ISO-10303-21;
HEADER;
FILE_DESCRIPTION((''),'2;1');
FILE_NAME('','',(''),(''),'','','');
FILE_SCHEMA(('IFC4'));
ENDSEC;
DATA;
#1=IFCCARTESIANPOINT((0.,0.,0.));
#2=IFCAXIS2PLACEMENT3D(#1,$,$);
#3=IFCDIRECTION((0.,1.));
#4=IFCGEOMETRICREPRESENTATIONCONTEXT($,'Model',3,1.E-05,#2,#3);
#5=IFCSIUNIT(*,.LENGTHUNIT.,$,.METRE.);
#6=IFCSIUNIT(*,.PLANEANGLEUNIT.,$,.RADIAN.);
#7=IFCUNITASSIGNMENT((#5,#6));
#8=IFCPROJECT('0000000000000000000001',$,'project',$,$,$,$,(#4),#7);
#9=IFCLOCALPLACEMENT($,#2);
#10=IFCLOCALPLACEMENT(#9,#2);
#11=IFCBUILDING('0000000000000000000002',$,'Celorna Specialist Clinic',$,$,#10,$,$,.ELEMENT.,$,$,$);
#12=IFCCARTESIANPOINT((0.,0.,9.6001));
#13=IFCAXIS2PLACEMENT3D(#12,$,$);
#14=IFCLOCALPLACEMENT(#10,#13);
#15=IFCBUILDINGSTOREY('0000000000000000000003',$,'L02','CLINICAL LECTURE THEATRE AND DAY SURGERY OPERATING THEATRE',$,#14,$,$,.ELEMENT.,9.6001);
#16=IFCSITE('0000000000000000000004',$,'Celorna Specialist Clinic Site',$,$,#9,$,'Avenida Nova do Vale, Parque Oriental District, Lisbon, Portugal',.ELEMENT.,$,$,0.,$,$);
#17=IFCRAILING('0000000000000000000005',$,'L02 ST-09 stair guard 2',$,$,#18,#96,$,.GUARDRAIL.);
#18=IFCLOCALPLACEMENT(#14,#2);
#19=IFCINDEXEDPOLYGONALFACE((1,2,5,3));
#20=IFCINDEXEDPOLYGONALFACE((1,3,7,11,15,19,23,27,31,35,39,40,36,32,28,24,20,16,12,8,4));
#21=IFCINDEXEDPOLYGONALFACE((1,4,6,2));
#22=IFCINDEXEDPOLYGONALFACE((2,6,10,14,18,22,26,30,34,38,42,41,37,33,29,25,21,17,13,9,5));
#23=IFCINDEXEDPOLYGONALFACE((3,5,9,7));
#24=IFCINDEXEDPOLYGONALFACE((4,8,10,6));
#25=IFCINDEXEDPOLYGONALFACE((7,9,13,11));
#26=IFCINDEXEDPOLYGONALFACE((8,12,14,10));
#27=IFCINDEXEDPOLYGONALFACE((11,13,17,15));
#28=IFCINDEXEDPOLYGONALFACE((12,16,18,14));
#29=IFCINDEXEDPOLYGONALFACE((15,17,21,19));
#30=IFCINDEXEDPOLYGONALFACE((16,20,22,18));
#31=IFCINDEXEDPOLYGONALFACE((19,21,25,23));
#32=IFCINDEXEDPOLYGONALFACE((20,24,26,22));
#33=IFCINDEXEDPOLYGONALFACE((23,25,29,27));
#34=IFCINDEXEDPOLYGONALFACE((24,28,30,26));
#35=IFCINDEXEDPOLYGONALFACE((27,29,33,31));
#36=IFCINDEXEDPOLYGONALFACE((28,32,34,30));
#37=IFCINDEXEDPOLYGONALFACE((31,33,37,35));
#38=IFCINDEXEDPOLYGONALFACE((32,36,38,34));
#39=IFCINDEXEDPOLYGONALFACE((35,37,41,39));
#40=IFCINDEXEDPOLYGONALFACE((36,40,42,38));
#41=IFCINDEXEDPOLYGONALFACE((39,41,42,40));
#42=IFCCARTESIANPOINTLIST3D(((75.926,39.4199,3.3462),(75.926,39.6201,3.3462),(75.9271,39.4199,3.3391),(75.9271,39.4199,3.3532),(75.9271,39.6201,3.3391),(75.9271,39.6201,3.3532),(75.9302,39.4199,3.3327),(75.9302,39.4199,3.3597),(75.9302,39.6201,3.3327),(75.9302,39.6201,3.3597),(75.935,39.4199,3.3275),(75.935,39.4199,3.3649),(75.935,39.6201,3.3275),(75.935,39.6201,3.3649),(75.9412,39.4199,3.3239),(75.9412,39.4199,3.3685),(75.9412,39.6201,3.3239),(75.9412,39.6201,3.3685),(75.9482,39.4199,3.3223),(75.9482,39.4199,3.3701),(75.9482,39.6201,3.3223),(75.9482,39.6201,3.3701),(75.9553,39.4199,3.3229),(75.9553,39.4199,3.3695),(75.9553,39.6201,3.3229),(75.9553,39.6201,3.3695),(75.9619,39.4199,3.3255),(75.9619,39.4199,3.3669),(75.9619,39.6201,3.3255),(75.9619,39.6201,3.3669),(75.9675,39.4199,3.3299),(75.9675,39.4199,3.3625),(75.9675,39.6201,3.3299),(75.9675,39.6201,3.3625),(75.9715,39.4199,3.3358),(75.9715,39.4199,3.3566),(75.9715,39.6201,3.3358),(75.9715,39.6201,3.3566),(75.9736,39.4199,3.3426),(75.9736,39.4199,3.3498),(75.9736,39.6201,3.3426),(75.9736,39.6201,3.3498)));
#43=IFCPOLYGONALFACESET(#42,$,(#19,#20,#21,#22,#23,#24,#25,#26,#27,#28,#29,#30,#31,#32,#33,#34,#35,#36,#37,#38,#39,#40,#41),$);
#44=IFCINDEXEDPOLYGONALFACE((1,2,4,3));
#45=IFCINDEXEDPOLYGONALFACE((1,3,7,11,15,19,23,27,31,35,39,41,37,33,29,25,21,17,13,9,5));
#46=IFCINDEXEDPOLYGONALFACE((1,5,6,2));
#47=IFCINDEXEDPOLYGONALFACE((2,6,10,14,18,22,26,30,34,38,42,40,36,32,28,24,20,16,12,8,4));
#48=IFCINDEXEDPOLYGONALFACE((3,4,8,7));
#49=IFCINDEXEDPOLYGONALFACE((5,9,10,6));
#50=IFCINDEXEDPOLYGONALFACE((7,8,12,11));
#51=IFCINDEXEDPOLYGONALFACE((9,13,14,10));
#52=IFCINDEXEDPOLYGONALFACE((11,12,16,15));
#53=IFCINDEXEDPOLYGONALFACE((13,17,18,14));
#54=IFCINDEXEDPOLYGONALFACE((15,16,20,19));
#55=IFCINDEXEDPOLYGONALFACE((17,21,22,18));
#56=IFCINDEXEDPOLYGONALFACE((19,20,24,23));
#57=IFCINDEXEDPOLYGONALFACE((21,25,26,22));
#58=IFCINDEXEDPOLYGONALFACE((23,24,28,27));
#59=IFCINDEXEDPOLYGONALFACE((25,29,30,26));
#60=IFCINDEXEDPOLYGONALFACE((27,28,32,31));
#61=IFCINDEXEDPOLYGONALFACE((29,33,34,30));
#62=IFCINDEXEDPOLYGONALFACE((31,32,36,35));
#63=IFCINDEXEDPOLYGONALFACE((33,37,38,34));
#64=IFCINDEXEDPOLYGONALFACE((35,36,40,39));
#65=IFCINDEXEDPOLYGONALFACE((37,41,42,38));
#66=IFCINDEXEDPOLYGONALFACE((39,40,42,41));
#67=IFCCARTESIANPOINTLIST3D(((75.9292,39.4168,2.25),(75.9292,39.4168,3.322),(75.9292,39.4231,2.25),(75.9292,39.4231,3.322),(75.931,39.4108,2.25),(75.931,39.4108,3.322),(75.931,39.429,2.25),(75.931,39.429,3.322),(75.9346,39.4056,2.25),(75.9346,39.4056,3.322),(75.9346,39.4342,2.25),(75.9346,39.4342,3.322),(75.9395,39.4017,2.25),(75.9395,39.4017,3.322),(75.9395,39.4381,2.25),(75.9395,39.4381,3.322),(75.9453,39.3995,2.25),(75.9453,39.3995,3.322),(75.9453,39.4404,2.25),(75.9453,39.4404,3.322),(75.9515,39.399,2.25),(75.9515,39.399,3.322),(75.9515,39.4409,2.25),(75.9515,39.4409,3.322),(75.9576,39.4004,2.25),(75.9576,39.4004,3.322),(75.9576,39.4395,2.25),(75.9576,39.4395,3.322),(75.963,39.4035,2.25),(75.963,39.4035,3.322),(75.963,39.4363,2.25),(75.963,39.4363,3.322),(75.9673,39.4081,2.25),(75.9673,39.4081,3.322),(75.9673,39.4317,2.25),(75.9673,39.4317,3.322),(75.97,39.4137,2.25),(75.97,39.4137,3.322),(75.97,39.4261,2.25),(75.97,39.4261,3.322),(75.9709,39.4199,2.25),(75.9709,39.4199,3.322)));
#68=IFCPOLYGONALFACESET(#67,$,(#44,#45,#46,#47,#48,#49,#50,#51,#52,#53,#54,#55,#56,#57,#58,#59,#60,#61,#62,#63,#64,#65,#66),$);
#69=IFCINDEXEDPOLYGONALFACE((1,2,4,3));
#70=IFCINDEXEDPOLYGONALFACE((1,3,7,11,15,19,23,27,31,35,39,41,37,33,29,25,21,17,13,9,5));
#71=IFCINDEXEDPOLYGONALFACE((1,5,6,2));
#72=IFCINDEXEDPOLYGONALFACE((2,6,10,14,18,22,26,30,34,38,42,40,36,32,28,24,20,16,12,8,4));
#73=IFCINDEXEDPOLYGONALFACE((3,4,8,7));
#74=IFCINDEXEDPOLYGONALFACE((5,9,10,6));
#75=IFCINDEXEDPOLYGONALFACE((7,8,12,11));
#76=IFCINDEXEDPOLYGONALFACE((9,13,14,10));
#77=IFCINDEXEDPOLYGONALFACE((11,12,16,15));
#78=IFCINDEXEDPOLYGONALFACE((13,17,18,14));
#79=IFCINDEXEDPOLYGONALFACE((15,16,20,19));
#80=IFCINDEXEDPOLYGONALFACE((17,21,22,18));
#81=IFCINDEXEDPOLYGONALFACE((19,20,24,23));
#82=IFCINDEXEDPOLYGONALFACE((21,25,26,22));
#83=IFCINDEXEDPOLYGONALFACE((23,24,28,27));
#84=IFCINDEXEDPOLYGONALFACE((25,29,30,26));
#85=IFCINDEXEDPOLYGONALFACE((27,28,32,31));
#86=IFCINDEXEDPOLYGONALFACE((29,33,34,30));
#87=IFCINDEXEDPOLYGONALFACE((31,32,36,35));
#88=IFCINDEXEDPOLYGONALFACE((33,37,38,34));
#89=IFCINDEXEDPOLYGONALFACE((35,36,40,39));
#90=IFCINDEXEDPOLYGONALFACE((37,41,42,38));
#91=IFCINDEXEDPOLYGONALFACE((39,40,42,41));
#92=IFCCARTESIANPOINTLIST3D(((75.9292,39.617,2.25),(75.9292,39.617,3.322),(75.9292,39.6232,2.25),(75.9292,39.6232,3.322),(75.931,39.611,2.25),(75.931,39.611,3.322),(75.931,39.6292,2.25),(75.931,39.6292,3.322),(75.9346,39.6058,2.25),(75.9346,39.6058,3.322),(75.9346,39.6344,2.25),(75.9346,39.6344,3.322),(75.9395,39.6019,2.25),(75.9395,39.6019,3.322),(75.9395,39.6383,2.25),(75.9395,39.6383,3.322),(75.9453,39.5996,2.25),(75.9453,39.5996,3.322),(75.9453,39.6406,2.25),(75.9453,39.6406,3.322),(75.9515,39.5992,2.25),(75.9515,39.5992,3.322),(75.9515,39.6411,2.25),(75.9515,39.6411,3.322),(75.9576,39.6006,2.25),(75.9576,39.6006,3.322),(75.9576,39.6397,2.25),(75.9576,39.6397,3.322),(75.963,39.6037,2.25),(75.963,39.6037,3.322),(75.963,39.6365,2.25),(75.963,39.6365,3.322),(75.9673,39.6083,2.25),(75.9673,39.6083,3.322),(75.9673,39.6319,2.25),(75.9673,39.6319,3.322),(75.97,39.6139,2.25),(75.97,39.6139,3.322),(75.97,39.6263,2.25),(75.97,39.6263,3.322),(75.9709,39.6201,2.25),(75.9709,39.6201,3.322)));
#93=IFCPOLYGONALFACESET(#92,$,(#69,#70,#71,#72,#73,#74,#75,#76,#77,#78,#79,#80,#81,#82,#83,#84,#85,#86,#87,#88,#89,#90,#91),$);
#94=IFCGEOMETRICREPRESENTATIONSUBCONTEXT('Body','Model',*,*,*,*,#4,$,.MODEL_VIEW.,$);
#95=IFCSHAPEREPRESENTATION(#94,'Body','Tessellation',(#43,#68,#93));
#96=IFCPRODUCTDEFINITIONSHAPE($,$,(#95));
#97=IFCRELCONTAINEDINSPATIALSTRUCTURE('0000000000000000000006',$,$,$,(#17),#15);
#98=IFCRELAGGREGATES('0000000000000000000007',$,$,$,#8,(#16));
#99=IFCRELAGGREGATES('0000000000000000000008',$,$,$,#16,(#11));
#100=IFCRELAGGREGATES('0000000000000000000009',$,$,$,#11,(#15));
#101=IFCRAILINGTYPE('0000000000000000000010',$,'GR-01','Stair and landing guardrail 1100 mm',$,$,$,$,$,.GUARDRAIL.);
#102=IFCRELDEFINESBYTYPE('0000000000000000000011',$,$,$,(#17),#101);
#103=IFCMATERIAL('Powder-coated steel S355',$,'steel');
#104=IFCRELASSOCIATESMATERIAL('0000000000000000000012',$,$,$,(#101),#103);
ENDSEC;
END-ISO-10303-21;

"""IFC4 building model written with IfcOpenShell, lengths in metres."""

from ifc_helpers import new_model, si_unit, direction, frame, origin, origin_2d, place, context, subcontext, project, spatial, circle, extrude, material, type_object, element, save


model = new_model("IFC4")

# Units and contexts
model_context = context("Model", 3, precision=1e-05, world=origin(), true_north=direction((0.0, 1.0)))
body_context = subcontext(model_context, "Body", "Model", "MODEL_VIEW")
ifc_project = project(units=[si_unit("LENGTHUNIT", "METRE"), si_unit("PLANEANGLEUNIT", "RADIAN")], contexts=[model_context])

# Site, building, storey
site_placement = place(None, origin())
site = spatial("IfcSite", under=ifc_project, at=site_placement, Name="Celorna Specialist Clinic Site", LongName="Avenida Nova do Vale, Parque Oriental District, Lisbon, Portugal", CompositionType="ELEMENT", RefElevation=0.0)
building_placement = place(site_placement, origin())
building = spatial("IfcBuilding", under=site, at=building_placement, Name="Celorna Specialist Clinic", CompositionType="ELEMENT")
storey_placement = place(building_placement, frame((0.0, 0.0, 9.6001)))
storey = spatial("IfcBuildingStorey", under=building, at=storey_placement, Name="L02", Description="CLINICAL LECTURE THEATRE AND DAY SURGERY OPERATING THEATRE", CompositionType="ELEMENT", Elevation=9.6001)

# Railing
ifc_material_1 = material(Name="Powder-coated steel S355", Category="steel")
railing_type_1 = type_object("IfcRailingType", Name="GR-01", Description="Stair and landing guardrail 1100 mm", PredefinedType="GUARDRAIL", material=ifc_material_1)
railing_1_placement = place(storey_placement, frame((75.95, 39.4199, 2.25)))
element("IfcRailing", 1, at=railing_1_placement, inside=storey, type_object=railing_type_1, Name="L02 ST-09 stair guard 2", PredefinedType="GUARDRAIL", context=body_context, shape_type="SweptSolid", body=[
    extrude(circle(Radius=0.0239, at=origin_2d()), frame((0.0, 0.0, 1.0962), z_axis=(0.0, 1.0, 0.0), x_axis=(-1.0, 0.0, 0.0)), (0.0, 0.0, 1.0), 0.2002),
    extrude(circle(Radius=0.021, at=origin_2d()), origin(), (0.0, 0.0, 1.0), 1.072),
    extrude(circle(Radius=0.021, at=origin_2d()), frame((0.0, 0.2002, 0.0)), (0.0, 0.0, 1.0), 1.072),
])

save(model, "model.ifc")
